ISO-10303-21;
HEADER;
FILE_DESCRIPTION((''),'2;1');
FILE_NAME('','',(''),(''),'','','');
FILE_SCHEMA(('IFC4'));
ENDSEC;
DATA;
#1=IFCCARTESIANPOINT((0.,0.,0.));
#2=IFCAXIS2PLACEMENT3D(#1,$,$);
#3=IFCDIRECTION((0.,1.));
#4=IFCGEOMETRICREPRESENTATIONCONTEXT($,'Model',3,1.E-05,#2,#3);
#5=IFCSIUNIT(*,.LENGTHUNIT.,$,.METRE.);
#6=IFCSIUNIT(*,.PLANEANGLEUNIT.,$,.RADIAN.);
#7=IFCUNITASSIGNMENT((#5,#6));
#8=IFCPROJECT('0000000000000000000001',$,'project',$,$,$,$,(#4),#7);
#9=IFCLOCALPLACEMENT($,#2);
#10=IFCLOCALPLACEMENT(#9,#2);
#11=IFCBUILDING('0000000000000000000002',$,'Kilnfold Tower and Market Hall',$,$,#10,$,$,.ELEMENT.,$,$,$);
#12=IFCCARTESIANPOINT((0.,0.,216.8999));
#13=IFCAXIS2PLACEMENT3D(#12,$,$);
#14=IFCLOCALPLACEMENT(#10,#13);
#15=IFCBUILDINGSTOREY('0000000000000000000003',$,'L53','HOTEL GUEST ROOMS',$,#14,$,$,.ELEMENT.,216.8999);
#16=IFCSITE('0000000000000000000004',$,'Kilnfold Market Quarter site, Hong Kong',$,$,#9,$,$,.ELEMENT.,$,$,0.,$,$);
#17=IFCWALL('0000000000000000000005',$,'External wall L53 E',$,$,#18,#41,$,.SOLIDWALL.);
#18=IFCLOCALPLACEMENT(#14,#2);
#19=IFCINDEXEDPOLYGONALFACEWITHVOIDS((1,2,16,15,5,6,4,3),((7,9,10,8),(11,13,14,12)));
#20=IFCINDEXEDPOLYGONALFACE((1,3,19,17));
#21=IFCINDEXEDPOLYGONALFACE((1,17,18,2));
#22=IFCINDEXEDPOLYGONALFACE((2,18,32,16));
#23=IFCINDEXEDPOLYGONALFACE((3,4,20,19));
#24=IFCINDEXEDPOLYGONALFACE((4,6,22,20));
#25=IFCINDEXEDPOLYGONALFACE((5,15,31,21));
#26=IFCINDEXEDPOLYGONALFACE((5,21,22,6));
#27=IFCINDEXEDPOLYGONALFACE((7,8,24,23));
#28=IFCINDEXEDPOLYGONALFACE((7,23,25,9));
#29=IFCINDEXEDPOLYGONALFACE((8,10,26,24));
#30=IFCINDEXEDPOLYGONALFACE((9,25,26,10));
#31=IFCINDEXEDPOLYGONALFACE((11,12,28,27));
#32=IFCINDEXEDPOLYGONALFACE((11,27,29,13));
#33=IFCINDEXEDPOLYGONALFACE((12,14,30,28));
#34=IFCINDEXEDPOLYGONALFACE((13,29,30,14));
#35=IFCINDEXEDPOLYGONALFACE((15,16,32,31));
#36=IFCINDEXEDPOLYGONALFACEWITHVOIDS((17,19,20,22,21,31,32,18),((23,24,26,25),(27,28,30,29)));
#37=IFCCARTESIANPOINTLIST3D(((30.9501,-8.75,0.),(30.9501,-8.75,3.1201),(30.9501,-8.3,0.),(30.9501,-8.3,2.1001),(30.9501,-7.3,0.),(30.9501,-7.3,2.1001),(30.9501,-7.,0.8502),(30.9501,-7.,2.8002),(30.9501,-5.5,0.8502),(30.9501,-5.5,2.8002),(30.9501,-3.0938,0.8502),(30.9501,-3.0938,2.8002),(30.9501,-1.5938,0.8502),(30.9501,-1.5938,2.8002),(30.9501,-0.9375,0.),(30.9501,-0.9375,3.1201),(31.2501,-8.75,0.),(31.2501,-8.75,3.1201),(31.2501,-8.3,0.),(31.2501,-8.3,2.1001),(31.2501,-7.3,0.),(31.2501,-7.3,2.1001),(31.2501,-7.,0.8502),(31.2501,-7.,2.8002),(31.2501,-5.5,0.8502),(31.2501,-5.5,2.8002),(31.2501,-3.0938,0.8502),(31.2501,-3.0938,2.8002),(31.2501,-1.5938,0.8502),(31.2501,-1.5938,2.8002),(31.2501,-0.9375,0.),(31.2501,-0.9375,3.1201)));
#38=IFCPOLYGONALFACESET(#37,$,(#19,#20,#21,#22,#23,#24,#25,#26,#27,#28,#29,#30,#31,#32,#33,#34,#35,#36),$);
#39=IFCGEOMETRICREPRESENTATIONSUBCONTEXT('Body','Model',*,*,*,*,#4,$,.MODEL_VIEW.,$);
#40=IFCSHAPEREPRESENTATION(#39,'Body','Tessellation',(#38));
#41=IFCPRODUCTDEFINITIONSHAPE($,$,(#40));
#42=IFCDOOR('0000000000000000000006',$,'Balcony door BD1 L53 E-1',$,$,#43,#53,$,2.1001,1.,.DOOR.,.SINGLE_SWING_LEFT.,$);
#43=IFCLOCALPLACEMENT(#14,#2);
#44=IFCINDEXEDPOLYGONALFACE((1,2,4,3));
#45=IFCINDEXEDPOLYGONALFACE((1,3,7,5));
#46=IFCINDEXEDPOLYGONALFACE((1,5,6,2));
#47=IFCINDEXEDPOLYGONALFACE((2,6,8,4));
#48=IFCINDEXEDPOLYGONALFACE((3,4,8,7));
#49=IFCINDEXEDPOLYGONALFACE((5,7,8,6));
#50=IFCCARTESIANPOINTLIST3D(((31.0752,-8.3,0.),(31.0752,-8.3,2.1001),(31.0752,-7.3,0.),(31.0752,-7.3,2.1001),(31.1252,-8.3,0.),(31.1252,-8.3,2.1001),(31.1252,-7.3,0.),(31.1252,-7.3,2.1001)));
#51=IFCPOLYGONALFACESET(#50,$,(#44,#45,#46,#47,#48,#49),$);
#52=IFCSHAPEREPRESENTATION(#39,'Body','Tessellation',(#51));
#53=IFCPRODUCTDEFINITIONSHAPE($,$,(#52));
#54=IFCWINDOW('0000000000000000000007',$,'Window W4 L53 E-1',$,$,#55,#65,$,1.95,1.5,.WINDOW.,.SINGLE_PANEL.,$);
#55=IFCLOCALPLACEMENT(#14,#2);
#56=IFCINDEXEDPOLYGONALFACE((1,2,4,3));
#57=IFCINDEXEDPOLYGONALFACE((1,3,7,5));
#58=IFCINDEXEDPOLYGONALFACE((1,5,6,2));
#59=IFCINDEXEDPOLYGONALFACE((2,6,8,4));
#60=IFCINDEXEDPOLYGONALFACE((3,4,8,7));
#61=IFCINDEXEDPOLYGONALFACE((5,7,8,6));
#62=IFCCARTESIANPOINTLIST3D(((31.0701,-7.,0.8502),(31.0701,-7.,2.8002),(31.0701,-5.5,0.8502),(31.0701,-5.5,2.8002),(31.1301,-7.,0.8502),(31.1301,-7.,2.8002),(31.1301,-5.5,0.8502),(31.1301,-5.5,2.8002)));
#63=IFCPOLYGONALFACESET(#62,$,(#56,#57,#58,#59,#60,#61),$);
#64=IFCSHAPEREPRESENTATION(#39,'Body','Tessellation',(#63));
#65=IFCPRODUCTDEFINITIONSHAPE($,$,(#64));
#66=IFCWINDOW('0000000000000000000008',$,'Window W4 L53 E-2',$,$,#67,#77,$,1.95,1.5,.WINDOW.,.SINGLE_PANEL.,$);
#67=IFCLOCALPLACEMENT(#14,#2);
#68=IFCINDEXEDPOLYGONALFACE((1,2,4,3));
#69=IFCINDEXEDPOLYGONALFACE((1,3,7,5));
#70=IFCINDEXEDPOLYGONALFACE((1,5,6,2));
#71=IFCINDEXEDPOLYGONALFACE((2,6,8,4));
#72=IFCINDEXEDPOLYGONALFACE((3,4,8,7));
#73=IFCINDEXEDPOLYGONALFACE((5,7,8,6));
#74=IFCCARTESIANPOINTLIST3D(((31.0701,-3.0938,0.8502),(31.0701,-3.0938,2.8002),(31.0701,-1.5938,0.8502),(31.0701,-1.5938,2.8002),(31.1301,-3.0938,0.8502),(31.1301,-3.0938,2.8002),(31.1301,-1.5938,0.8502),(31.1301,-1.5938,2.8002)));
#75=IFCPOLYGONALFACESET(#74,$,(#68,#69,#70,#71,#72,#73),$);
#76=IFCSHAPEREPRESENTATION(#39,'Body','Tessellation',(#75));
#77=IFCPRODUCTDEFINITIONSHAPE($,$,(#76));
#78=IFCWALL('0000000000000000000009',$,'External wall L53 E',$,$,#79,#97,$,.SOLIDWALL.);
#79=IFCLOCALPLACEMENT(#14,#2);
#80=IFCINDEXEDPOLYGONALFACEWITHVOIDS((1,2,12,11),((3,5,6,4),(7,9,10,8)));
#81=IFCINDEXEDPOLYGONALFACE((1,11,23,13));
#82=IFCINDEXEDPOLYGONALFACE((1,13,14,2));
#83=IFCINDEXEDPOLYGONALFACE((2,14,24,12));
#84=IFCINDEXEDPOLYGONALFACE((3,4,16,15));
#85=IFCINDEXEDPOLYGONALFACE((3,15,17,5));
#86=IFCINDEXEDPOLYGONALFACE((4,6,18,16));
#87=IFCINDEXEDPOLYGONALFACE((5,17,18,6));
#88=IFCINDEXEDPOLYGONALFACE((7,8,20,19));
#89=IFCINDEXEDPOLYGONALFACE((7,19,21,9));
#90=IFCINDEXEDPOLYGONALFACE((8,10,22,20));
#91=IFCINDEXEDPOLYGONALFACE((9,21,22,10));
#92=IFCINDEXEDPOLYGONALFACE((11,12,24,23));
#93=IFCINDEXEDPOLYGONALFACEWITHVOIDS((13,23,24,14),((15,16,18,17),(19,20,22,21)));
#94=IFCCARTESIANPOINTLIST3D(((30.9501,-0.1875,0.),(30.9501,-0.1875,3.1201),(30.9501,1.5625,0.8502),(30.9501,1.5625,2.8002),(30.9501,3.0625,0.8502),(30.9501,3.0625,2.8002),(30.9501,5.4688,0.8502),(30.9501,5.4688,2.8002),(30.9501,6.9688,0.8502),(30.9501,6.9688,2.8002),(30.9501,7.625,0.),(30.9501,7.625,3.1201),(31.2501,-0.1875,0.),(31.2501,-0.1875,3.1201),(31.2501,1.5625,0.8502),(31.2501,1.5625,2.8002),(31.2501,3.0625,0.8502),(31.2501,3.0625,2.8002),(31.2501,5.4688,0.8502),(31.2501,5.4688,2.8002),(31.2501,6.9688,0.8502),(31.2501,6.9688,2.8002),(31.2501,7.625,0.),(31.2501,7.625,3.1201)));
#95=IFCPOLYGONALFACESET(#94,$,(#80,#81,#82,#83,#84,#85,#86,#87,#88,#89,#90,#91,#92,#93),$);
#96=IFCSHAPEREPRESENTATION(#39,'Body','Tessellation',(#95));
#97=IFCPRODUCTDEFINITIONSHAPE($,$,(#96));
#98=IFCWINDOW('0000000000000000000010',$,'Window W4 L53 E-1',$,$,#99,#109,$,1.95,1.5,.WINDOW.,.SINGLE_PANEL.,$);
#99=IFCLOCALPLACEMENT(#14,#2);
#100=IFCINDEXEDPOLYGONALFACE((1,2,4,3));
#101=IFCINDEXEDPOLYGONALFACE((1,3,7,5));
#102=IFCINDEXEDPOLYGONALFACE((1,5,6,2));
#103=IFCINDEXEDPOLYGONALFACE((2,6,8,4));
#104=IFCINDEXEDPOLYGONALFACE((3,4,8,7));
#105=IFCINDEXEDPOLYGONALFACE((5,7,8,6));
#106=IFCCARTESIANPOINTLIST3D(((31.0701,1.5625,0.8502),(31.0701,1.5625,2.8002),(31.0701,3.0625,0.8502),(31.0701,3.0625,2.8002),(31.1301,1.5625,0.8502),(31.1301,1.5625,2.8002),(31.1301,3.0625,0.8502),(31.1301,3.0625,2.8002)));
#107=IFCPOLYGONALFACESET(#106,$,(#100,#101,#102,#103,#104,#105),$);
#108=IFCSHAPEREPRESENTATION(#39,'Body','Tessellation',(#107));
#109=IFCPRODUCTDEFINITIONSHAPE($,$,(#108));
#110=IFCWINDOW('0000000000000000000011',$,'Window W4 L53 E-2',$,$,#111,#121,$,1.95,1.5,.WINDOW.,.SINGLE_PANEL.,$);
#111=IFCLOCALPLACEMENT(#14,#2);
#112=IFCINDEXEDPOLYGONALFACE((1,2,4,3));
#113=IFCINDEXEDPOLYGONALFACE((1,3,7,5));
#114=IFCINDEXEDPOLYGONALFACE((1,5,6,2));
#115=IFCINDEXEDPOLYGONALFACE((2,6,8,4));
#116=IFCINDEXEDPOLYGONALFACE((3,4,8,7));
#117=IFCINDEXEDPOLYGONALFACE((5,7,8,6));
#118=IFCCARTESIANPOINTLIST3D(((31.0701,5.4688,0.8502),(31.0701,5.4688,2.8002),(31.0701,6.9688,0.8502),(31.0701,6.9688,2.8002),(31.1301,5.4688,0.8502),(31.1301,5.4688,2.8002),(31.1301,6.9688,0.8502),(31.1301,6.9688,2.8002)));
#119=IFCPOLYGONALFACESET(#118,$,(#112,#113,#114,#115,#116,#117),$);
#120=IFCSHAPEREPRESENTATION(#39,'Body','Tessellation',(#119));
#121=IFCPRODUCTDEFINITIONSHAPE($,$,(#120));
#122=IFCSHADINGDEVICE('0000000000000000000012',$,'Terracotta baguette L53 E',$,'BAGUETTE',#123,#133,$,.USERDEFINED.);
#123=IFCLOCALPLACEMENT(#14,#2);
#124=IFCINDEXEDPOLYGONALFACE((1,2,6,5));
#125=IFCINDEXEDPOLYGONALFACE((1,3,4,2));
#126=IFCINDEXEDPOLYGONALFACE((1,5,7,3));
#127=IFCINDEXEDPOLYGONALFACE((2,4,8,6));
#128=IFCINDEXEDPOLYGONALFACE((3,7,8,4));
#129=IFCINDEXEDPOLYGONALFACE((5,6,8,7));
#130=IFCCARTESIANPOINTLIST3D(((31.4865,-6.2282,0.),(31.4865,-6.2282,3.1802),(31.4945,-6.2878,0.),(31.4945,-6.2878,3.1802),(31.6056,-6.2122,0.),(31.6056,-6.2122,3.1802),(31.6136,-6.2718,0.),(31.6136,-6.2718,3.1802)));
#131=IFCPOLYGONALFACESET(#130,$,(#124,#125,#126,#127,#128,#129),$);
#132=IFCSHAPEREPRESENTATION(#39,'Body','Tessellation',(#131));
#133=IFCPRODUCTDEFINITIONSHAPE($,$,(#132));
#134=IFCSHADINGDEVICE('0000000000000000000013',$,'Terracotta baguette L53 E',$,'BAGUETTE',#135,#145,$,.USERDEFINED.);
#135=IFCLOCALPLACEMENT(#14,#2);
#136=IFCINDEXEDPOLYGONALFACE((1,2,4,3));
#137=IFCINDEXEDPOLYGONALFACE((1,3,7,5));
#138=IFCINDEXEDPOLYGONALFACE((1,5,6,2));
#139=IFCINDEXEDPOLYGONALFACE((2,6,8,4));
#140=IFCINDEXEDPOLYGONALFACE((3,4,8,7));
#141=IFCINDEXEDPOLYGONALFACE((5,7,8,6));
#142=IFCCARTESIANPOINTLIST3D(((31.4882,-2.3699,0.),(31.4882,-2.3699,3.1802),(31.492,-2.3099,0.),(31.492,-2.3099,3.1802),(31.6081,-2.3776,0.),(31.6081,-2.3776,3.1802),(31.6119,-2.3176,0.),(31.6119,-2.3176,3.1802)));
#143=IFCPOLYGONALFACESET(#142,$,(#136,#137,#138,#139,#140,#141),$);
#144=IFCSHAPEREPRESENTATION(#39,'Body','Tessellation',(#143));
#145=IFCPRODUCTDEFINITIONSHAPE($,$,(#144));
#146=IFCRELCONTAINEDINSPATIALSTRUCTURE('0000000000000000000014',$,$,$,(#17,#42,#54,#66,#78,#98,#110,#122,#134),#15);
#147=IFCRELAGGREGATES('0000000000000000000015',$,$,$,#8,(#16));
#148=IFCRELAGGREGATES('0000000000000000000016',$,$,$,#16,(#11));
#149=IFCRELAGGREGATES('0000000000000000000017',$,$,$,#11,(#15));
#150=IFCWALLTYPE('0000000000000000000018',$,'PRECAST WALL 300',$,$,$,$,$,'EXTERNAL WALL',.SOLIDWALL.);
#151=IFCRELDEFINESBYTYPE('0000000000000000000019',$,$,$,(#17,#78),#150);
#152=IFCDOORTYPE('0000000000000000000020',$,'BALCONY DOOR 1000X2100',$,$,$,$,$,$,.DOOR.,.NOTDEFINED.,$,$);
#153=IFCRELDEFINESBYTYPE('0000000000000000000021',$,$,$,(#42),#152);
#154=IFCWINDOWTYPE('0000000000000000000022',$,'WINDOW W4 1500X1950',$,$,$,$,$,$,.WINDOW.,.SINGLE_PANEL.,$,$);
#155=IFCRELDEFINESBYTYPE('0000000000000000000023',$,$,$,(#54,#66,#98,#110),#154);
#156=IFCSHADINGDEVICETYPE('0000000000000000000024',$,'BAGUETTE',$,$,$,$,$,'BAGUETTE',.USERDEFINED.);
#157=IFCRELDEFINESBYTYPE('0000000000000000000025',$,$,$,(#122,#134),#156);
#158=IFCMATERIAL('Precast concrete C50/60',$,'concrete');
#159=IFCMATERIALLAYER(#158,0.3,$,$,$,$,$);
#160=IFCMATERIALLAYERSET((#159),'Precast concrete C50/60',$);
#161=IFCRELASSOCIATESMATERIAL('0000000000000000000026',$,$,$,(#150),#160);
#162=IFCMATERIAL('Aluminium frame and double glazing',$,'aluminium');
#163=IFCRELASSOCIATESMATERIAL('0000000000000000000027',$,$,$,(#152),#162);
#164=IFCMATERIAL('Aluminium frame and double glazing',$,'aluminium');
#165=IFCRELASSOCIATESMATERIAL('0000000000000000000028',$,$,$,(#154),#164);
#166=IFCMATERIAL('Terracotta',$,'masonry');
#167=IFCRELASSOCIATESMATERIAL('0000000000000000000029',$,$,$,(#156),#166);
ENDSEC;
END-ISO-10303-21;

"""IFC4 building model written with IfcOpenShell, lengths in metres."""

from ifc_helpers import new_model, si_unit, direction, frame, frame_2d, origin, origin_2d, place, context, subcontext, project, spatial, rectangle, extrude, source, transform, mapped, material, layer, layer_set, material_profile, profile_set, type_object, element, fill, save


model = new_model("IFC4")

# Units and contexts
model_context = context("Model", 3, precision=1e-05, world=origin(), true_north=direction((0.0, 1.0)))
body_context = subcontext(model_context, "Body", "Model", "MODEL_VIEW")
ifc_project = project(units=[si_unit("LENGTHUNIT", "METRE"), si_unit("PLANEANGLEUNIT", "RADIAN")], contexts=[model_context])

# Site, building, storey
site_placement = place(None, origin())
site = spatial("IfcSite", under=ifc_project, at=site_placement, Name="Kilnfold Market Quarter site, Hong Kong", CompositionType="ELEMENT", RefElevation=0.0)
building_placement = place(site_placement, origin())
building = spatial("IfcBuilding", under=site, at=building_placement, Name="Kilnfold Tower and Market Hall", CompositionType="ELEMENT")
storey_placement = place(building_placement, frame((0.0, 0.0, 216.8999)))
storey = spatial("IfcBuildingStorey", under=building, at=storey_placement, Name="L53", Description="HOTEL GUEST ROOMS", CompositionType="ELEMENT", Elevation=216.8999)

# Wall, openings, door, windows
ifc_material_1 = material(Name="Precast concrete C50/60", Category="concrete")
ifc_layer_1 = layer(ifc_material_1, 0.3)
ifc_layer_set_1 = layer_set([ifc_layer_1], Name="Precast concrete C50/60")
wall_type_1 = type_object("IfcWallType", Name="PRECAST WALL 300", ElementType="EXTERNAL WALL", PredefinedType="SOLIDWALL", material=ifc_layer_set_1)
shared_shape_1 = source(origin(), body_context, "Body", "SweptSolid", [
    extrude(rectangle(XDim=7.8125, YDim=0.3, at=frame_2d((3.9062, 0.0))), origin(), (0.0, 0.0, 1.0), 3.1201),
])
wall_1_placement = place(storey_placement, frame((31.1001, -8.75, 0.0), z_axis=(0.0, 0.0, 1.0), x_axis=(0.0, 1.0, 0.0)))
wall_1 = element("IfcWall", 1, at=wall_1_placement, inside=storey, type_object=wall_type_1, Name="External wall L53 E", PredefinedType="SOLIDWALL", context=body_context, shape_type="MappedRepresentation", body=[
    mapped(shared_shape_1, transform((0.0, 0.0, 0.0))),
])
opening_1_placement = place(wall_1_placement, frame((1.75, 0.0, 0.8501)))
opening_1 = element("IfcOpeningElement", 2, at=opening_1_placement, cuts=wall_1, PredefinedType="OPENING", context=body_context, shape_type="SweptSolid", body=[
    extrude(rectangle(XDim=1.5, YDim=1.95, at=frame_2d((0.75, 0.9751))), frame((0.0, 0.1602, 0.0), z_axis=(0.0, -1.0, 0.0), x_axis=(1.0, 0.0, 0.0)), (0.0, 0.0, 1.0), 0.3201),
])
opening_2_placement = place(wall_1_placement, frame((0.45, 0.0, 0.0)))
opening_2 = element("IfcOpeningElement", 3, at=opening_2_placement, cuts=wall_1, PredefinedType="OPENING", context=body_context, shape_type="SweptSolid", body=[
    extrude(rectangle(XDim=1.0, YDim=2.1001, at=frame_2d((0.5, 1.05))), frame((0.0, 0.1602, 0.0), z_axis=(0.0, -1.0, 0.0), x_axis=(1.0, 0.0, 0.0)), (0.0, 0.0, 1.0), 0.3201),
])
opening_3_placement = place(wall_1_placement, frame((5.6562, 0.0, 0.8501)))
opening_3 = element("IfcOpeningElement", 4, at=opening_3_placement, cuts=wall_1, PredefinedType="OPENING", context=body_context, shape_type="SweptSolid", body=[
    extrude(rectangle(XDim=1.5, YDim=1.95, at=frame_2d((0.75, 0.9751))), frame((0.0, 0.1602, 0.0), z_axis=(0.0, -1.0, 0.0), x_axis=(1.0, 0.0, 0.0)), (0.0, 0.0, 1.0), 0.3201),
])
ifc_material_2 = material(Name="Aluminium frame and double glazing", Category="aluminium")
door_type_1 = type_object("IfcDoorType", Name="BALCONY DOOR 1000X2100", OperationType="NOTDEFINED", PredefinedType="DOOR", material=ifc_material_2)
door_1_placement = place(opening_2_placement, origin())
door_1 = element("IfcDoor", 5, at=door_1_placement, inside=storey, type_object=door_type_1, Name="Balcony door BD1 L53 E-1", OperationType="SINGLE_SWING_LEFT", OverallHeight=2.1001, OverallWidth=1.0, PredefinedType="DOOR", context=body_context, shape_type="SweptSolid", body=[
    extrude(rectangle(XDim=1.0, YDim=2.1001, at=frame_2d((0.5, 1.05))), frame((0.0, 0.0249, 0.0), z_axis=(0.0, -1.0, 0.0), x_axis=(1.0, 0.0, 0.0)), (0.0, 0.0, 1.0), 0.05),
])
fill(opening_2, door_1)
ifc_material_3 = material(Name="Aluminium frame and double glazing", Category="aluminium")
window_type = type_object("IfcWindowType", Name="WINDOW W4 1500X1950", PartitioningType="SINGLE_PANEL", PredefinedType="WINDOW", material=ifc_material_3)
window_1_placement = place(opening_1_placement, origin())
window_1 = element("IfcWindow", 6, at=window_1_placement, inside=storey, type_object=window_type, Name="Window W4 L53 E-1", OverallHeight=1.95, OverallWidth=1.5, PartitioningType="SINGLE_PANEL", PredefinedType="WINDOW", context=body_context, shape_type="SweptSolid", body=[
    extrude(rectangle(XDim=1.5, YDim=1.95, at=frame_2d((0.75, 0.9751))), frame((0.0, 0.03, 0.0), z_axis=(0.0, -1.0, 0.0), x_axis=(1.0, 0.0, 0.0)), (0.0, 0.0, 1.0), 0.0601),
])
fill(opening_1, window_1)
window_2_placement = place(opening_3_placement, origin())
window_2 = element("IfcWindow", 7, at=window_2_placement, inside=storey, type_object=window_type, Name="Window W4 L53 E-2", OverallHeight=1.95, OverallWidth=1.5, PartitioningType="SINGLE_PANEL", PredefinedType="WINDOW", context=body_context, shape_type="SweptSolid", body=[
    extrude(rectangle(XDim=1.5, YDim=1.95, at=frame_2d((0.75, 0.9751))), frame((0.0, 0.03, 0.0), z_axis=(0.0, -1.0, 0.0), x_axis=(1.0, 0.0, 0.0)), (0.0, 0.0, 1.0), 0.0601),
])
fill(opening_3, window_2)

# Wall, openings, windows
wall_2_placement = place(storey_placement, frame((31.1001, -0.1875, 0.0), z_axis=(0.0, 0.0, 1.0), x_axis=(0.0, 1.0, 0.0)))
wall_2 = element("IfcWall", 8, at=wall_2_placement, inside=storey, type_object=wall_type_1, Name="External wall L53 E", PredefinedType="SOLIDWALL", context=body_context, shape_type="MappedRepresentation", body=[
    mapped(shared_shape_1, transform((0.0, 0.0, 0.0))),
])
opening_4_placement = place(wall_2_placement, frame((1.75, 0.0, 0.8501)))
opening_4 = element("IfcOpeningElement", 9, at=opening_4_placement, cuts=wall_2, PredefinedType="OPENING", context=body_context, shape_type="SweptSolid", body=[
    extrude(rectangle(XDim=1.5, YDim=1.95, at=frame_2d((0.75, 0.9751))), frame((0.0, 0.1602, 0.0), z_axis=(0.0, -1.0, 0.0), x_axis=(1.0, 0.0, 0.0)), (0.0, 0.0, 1.0), 0.3201),
])
opening_5_placement = place(wall_2_placement, frame((5.6562, 0.0, 0.8501)))
opening_5 = element("IfcOpeningElement", 10, at=opening_5_placement, cuts=wall_2, PredefinedType="OPENING", context=body_context, shape_type="SweptSolid", body=[
    extrude(rectangle(XDim=1.5, YDim=1.95, at=frame_2d((0.75, 0.9751))), frame((0.0, 0.1602, 0.0), z_axis=(0.0, -1.0, 0.0), x_axis=(1.0, 0.0, 0.0)), (0.0, 0.0, 1.0), 0.3201),
])
window_3_placement = place(opening_4_placement, origin())
window_3 = element("IfcWindow", 11, at=window_3_placement, inside=storey, type_object=window_type, Name="Window W4 L53 E-1", OverallHeight=1.95, OverallWidth=1.5, PartitioningType="SINGLE_PANEL", PredefinedType="WINDOW", context=body_context, shape_type="SweptSolid", body=[
    extrude(rectangle(XDim=1.5, YDim=1.95, at=frame_2d((0.75, 0.9751))), frame((0.0, 0.03, 0.0), z_axis=(0.0, -1.0, 0.0), x_axis=(1.0, 0.0, 0.0)), (0.0, 0.0, 1.0), 0.0601),
])
fill(opening_4, window_3)
window_4_placement = place(opening_5_placement, origin())
window_4 = element("IfcWindow", 12, at=window_4_placement, inside=storey, type_object=window_type, Name="Window W4 L53 E-2", OverallHeight=1.95, OverallWidth=1.5, PartitioningType="SINGLE_PANEL", PredefinedType="WINDOW", context=body_context, shape_type="SweptSolid", body=[
    extrude(rectangle(XDim=1.5, YDim=1.95, at=frame_2d((0.75, 0.9751))), frame((0.0, 0.03, 0.0), z_axis=(0.0, -1.0, 0.0), x_axis=(1.0, 0.0, 0.0)), (0.0, 0.0, 1.0), 0.0601),
])
fill(opening_5, window_4)

# Shading devices
ifc_material_4 = material(Name="Terracotta", Category="masonry")
ifc_material_profile_1 = material_profile(ifc_material_4, rectangle(XDim=0.0601, YDim=0.1201, at=origin_2d()), Name="BAG 60x120")
ifc_profile_set_1 = profile_set([ifc_material_profile_1], Name="Terracotta")
shading_device_type = type_object("IfcShadingDeviceType", Name="BAGUETTE", ElementType="BAGUETTE", PredefinedType="USERDEFINED", material=ifc_profile_set_1)
shared_shape_2 = source(origin(), body_context, "Body", "SweptSolid", [
    extrude(rectangle(XDim=0.0601, YDim=0.1201, at=origin_2d()), origin(), (0.0, 0.0, 1.0), 3.1802),
])
for number, where, z_axis, x_axis, name in (
    (13, (31.55, -6.25, 0.0), (0.0, 0.0, 1.0), (-0.133154, 0.991095, 0.0), "Terracotta baguette L53 E"),
    (14, (31.55, -2.3438, 0.0), (0.0, 0.0, 1.0), (0.064233, 0.997935, 0.0), "Terracotta baguette L53 E"),
):
    element("IfcShadingDevice", number, at=place(storey_placement, frame(where, z_axis=z_axis, x_axis=x_axis)), inside=storey, type_object=shading_device_type, Name=name, ObjectType="BAGUETTE", PredefinedType="USERDEFINED", context=body_context, shape_type="MappedRepresentation", body=[
        mapped(shared_shape_2, transform((0.0, 0.0, 0.0))),
    ])

save(model, "model.ifc")
